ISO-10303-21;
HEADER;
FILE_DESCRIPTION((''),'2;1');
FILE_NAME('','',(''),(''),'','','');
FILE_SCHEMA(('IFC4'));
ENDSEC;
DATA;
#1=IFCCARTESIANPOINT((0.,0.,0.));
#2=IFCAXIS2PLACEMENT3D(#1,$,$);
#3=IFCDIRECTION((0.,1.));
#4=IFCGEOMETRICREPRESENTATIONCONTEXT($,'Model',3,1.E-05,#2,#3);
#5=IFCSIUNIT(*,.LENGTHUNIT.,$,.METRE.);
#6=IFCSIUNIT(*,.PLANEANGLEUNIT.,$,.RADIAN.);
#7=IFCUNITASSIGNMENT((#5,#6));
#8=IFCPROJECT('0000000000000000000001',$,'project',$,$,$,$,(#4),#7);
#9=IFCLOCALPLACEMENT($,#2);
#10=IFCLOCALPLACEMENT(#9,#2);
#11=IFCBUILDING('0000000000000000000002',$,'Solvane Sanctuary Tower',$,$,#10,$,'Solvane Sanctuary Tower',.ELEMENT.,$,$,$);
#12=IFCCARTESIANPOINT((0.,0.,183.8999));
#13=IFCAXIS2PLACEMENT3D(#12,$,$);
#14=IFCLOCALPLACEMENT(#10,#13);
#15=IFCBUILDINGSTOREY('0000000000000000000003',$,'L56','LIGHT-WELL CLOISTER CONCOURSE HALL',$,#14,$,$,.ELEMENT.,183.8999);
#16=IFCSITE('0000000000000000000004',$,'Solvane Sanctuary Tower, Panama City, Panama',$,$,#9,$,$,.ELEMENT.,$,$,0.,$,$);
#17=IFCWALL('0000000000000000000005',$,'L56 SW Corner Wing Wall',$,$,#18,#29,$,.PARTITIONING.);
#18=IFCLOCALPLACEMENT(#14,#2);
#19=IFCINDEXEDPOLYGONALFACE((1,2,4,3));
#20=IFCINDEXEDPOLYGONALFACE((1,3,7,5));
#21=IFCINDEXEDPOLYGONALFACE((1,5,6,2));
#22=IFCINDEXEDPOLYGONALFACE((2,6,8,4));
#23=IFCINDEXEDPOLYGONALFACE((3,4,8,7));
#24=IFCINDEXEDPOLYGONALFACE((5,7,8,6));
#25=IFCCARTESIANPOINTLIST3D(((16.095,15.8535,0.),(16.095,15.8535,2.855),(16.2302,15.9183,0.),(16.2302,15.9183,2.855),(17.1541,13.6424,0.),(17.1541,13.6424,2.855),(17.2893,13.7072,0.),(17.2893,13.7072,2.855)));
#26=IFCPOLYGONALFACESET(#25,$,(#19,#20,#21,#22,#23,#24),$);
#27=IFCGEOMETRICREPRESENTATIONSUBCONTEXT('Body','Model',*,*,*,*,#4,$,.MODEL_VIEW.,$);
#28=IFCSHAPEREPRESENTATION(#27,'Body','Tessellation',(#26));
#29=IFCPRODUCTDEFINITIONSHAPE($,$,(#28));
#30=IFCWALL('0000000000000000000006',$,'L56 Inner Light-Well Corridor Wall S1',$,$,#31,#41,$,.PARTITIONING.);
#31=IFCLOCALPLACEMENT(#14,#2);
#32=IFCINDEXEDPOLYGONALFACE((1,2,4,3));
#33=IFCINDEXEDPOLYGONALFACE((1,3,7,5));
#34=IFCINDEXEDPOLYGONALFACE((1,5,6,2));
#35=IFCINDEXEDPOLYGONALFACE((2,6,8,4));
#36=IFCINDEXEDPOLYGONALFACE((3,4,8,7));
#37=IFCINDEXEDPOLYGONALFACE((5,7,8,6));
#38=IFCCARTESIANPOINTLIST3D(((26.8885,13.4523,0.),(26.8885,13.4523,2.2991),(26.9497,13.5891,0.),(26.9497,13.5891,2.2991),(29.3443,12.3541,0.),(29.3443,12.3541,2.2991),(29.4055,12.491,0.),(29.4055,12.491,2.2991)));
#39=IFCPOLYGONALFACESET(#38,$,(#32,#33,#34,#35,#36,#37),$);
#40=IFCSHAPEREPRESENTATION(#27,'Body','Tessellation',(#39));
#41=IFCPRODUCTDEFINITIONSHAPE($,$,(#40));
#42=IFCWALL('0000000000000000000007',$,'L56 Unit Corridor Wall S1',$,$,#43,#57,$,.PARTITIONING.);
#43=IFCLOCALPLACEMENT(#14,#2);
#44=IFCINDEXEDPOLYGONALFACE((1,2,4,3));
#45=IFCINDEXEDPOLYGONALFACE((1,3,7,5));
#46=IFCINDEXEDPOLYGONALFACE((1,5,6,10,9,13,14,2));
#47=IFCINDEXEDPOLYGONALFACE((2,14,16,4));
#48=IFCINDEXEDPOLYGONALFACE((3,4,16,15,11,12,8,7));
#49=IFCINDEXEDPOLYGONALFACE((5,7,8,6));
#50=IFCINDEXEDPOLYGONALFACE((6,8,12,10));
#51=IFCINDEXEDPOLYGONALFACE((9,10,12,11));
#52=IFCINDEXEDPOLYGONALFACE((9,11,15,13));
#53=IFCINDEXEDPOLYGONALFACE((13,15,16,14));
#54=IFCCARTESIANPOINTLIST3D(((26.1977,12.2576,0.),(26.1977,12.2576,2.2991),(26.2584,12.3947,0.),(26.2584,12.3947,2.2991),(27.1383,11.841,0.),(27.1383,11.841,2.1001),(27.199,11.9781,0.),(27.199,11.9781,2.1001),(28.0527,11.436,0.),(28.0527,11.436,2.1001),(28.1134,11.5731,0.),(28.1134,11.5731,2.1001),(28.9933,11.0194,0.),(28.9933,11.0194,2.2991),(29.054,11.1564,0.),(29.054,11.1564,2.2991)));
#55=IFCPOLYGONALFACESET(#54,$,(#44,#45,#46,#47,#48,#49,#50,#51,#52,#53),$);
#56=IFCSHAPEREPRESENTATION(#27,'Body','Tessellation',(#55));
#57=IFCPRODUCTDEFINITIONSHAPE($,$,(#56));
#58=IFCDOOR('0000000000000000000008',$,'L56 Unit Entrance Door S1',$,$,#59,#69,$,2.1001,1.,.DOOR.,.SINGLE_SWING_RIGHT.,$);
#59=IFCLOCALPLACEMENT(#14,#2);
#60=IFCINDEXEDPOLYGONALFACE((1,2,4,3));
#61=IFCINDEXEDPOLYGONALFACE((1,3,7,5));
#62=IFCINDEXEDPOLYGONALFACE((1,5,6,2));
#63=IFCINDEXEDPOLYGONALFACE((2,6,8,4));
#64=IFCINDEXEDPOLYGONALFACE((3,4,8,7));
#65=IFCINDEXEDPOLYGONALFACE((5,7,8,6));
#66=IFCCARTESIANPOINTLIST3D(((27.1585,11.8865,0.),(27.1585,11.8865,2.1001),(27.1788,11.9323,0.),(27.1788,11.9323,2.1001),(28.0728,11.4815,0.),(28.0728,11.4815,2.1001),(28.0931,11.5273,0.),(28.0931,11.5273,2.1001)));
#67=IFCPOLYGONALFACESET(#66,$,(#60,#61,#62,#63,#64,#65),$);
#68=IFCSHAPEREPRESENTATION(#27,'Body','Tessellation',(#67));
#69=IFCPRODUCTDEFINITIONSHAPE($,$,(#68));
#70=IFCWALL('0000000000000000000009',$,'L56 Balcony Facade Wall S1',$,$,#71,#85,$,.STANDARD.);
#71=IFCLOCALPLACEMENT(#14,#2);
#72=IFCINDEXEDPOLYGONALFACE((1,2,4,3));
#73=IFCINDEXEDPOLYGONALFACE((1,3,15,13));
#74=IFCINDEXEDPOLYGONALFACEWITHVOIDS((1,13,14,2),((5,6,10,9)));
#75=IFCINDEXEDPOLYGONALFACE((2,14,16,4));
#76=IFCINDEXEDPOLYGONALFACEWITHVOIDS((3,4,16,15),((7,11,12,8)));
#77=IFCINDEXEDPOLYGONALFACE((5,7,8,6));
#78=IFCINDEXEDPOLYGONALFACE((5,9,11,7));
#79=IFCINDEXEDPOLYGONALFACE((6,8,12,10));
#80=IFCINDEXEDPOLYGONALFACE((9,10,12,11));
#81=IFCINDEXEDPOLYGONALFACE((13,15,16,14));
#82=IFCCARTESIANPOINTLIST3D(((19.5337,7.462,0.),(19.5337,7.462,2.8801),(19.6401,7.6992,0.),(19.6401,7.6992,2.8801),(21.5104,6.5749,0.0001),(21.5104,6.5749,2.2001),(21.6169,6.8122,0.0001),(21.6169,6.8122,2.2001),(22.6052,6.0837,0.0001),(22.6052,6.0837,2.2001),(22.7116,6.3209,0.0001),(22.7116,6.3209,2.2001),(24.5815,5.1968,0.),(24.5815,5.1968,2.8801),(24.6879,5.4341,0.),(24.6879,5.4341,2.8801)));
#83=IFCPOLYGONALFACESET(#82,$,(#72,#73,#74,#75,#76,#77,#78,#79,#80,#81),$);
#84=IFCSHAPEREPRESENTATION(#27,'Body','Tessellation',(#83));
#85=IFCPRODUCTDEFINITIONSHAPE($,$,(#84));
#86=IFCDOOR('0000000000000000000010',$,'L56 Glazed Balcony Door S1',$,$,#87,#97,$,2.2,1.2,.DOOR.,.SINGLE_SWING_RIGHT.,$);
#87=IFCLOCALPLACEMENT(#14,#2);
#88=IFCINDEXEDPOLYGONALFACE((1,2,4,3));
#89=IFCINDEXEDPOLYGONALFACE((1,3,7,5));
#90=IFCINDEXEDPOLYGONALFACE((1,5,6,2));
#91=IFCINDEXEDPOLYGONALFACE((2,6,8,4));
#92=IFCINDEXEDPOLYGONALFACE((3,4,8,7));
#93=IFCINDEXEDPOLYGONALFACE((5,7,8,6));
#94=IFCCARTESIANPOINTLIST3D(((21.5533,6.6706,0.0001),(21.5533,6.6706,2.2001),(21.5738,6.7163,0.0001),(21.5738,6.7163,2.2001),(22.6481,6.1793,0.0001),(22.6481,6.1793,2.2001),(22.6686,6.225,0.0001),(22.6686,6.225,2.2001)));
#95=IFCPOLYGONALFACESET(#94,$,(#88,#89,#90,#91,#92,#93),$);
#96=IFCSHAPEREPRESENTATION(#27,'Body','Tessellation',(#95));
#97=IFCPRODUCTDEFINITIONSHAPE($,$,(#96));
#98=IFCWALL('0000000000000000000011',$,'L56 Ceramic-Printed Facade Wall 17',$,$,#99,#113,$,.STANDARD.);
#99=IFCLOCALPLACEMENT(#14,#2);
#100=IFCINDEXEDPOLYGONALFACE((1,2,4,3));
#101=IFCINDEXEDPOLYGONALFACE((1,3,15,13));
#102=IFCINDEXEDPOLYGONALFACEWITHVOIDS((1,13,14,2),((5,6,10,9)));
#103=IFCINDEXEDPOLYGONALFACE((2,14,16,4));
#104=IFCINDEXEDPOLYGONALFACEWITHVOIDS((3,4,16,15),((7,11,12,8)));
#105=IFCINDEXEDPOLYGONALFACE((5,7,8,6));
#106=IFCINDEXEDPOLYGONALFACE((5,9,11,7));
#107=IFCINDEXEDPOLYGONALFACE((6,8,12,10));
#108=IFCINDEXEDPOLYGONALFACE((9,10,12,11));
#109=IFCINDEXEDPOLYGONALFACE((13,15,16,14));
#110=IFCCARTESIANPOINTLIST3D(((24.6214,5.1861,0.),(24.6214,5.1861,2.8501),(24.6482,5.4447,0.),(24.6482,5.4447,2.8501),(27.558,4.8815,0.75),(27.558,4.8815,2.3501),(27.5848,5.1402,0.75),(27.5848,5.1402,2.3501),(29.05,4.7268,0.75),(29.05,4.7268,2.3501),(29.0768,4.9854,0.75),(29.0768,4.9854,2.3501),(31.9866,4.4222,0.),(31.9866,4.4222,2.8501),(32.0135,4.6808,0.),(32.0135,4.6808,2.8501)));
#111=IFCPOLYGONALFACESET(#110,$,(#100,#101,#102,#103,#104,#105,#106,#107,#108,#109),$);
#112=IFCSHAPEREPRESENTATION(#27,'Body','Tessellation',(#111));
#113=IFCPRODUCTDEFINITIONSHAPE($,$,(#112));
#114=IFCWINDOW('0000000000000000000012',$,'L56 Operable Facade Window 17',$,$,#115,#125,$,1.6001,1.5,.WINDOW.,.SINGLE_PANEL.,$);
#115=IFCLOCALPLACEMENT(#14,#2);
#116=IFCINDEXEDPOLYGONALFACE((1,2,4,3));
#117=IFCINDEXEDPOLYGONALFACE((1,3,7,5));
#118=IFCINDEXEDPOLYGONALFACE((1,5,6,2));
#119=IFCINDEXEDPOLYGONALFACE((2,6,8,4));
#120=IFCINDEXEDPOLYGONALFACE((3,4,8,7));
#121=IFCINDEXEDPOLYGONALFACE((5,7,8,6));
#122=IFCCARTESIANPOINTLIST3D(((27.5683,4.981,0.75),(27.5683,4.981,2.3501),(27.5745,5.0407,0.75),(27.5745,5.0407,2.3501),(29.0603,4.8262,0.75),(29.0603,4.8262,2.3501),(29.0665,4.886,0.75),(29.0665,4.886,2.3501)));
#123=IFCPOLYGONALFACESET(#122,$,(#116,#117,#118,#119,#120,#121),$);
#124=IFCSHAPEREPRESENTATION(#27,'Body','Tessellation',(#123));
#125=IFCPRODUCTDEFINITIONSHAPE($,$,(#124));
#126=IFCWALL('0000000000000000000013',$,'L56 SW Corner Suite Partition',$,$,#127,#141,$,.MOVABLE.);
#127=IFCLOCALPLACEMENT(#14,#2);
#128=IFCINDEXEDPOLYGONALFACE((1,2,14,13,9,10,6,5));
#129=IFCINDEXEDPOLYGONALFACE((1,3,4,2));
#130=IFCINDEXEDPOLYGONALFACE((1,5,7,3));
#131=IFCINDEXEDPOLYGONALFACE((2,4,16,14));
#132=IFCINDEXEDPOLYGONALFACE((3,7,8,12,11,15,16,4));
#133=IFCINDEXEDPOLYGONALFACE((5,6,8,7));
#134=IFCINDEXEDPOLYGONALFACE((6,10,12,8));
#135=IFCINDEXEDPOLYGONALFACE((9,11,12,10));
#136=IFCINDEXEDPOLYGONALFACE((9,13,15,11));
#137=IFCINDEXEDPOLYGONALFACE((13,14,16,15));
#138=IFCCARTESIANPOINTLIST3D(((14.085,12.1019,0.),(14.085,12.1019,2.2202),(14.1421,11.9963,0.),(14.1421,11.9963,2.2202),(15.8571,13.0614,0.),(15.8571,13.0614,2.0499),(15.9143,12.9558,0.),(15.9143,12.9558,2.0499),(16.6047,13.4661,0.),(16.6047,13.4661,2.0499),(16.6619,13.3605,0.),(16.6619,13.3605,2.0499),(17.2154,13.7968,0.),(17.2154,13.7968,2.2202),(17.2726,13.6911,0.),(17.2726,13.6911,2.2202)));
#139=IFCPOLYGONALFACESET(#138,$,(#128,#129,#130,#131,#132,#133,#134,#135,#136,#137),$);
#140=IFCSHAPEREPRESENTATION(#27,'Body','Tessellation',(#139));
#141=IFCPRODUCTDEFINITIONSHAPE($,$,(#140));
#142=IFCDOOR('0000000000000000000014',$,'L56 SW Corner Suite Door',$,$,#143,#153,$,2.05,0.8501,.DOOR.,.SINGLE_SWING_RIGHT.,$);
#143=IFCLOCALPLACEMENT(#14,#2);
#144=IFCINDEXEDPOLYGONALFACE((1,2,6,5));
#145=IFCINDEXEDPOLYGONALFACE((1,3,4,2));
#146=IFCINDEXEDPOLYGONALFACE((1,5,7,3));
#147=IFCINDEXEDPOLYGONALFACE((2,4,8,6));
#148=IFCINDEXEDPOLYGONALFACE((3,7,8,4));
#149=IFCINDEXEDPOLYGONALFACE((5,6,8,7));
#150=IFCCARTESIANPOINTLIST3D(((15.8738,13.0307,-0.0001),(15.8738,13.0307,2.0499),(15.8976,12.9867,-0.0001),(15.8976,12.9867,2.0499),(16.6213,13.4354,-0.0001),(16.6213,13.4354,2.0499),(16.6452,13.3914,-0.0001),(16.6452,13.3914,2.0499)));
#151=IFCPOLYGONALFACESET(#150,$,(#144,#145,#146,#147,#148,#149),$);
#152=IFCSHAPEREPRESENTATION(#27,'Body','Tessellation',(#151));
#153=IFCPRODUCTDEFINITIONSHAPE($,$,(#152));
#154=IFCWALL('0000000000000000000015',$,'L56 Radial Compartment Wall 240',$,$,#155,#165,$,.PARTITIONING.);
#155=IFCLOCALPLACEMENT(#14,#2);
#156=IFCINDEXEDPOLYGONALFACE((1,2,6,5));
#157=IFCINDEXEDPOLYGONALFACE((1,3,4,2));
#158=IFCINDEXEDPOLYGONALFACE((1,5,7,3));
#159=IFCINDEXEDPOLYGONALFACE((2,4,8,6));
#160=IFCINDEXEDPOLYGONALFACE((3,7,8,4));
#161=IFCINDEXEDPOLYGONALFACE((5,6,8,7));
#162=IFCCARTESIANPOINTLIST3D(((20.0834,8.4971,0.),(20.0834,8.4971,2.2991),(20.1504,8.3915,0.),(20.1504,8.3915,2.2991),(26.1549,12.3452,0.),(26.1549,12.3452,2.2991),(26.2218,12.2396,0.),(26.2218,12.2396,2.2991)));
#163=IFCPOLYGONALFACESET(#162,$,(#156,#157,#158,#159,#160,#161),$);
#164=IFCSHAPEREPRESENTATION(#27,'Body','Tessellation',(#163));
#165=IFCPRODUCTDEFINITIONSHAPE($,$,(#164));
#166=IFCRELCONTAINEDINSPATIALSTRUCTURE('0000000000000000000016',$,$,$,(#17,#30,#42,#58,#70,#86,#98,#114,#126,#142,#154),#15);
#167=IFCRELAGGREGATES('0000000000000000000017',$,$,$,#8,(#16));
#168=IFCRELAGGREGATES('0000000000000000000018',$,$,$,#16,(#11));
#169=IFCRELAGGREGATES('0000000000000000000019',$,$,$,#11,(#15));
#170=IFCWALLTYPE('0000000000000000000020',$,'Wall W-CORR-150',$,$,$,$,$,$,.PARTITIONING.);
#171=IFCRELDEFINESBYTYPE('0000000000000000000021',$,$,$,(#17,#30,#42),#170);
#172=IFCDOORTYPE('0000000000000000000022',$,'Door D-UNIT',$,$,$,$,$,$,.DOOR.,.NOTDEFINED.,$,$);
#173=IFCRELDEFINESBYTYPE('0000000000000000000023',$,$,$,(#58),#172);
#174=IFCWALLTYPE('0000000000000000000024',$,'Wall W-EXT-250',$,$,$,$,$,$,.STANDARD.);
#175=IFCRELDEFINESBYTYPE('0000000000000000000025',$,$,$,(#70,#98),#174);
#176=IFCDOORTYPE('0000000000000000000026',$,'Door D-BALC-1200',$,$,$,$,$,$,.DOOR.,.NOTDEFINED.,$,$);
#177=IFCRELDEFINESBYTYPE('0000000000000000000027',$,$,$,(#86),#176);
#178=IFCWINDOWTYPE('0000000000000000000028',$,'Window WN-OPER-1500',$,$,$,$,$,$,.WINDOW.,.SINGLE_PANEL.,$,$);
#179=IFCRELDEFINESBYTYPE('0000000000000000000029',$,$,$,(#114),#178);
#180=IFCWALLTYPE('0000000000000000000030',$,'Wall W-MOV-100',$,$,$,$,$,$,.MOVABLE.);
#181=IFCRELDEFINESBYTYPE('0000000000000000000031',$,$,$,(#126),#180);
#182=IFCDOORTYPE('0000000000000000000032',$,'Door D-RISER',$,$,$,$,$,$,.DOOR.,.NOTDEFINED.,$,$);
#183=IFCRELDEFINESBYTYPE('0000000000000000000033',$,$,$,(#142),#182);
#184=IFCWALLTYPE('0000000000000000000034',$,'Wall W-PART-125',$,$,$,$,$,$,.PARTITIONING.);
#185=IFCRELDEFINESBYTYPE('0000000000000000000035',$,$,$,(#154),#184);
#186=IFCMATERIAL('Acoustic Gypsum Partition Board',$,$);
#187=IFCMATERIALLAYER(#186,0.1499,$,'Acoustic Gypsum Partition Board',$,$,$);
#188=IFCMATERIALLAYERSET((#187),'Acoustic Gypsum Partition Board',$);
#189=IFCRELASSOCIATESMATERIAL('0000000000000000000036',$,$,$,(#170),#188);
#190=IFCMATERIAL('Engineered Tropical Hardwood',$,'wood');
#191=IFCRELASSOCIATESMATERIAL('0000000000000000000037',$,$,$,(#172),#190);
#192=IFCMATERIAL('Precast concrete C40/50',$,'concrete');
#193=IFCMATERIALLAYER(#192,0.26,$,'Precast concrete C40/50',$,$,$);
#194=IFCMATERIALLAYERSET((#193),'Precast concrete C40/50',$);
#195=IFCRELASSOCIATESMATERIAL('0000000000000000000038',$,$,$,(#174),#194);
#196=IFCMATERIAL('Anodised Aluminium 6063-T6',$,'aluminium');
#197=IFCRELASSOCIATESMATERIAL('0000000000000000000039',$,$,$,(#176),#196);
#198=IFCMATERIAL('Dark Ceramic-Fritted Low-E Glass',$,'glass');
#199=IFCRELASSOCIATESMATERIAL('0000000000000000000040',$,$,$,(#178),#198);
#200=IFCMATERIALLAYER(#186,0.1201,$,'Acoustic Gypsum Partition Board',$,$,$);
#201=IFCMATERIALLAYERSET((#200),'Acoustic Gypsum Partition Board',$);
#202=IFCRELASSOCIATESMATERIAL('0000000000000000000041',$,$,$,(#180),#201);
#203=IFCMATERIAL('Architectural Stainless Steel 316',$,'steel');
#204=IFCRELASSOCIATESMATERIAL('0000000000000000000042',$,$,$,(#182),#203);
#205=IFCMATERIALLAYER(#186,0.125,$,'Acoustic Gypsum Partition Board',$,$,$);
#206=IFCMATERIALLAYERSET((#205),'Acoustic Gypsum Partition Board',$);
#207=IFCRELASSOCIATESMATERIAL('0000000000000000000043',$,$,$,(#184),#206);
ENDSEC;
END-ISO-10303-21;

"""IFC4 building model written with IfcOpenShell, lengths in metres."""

from ifc_helpers import new_model, si_unit, direction, frame, frame_2d, origin, place, context, subcontext, project, spatial, rectangle, extrude, material, layer, layer_set, type_object, element, fill, save


model = new_model("IFC4")

# Units and contexts
model_context = context("Model", 3, precision=1e-05, world=origin(), true_north=direction((0.0, 1.0)))
body_context = subcontext(model_context, "Body", "Model", "MODEL_VIEW")
ifc_project = project(units=[si_unit("LENGTHUNIT", "METRE"), si_unit("PLANEANGLEUNIT", "RADIAN")], contexts=[model_context])

# Site, building, storey
site_placement = place(None, origin())
site = spatial("IfcSite", under=ifc_project, at=site_placement, Name="Solvane Sanctuary Tower, Panama City, Panama", CompositionType="ELEMENT", RefElevation=0.0)
building_placement = place(site_placement, origin())
building = spatial("IfcBuilding", under=site, at=building_placement, Name="Solvane Sanctuary Tower", LongName="Solvane Sanctuary Tower", CompositionType="ELEMENT")
storey_placement = place(building_placement, frame((0.0, 0.0, 183.8999)))
storey = spatial("IfcBuildingStorey", under=building, at=storey_placement, Name="L56", Description="LIGHT-WELL CLOISTER CONCOURSE HALL", CompositionType="ELEMENT", Elevation=183.8999)

# Shared definitions
ifc_material_1 = material(Name="Acoustic Gypsum Partition Board")
ifc_layer_1 = layer(ifc_material_1, 0.1499, Name="Acoustic Gypsum Partition Board")
ifc_layer_set_1 = layer_set([ifc_layer_1], Name="Acoustic Gypsum Partition Board")
wall_type_1 = type_object("IfcWallType", Name="Wall W-CORR-150", PredefinedType="PARTITIONING", material=ifc_layer_set_1)

# Shared definitions
ifc_material_2 = material(Name="Engineered Tropical Hardwood", Category="wood")

# Walls
wall_1_placement = place(storey_placement, frame((17.2217, 13.6748, 0.0), z_axis=(0.0, 0.0, 1.0), x_axis=(-0.431973, 0.901886, 0.0)))
element("IfcWall", 1, at=wall_1_placement, inside=storey, type_object=wall_type_1, Name="L56 SW Corner Wing Wall", PredefinedType="PARTITIONING", context=body_context, shape_type="SweptSolid", body=[
    extrude(rectangle(XDim=2.4517, YDim=0.1499, at=frame_2d((1.2258, 0.0))), origin(), (0.0, 0.0, 1.0), 2.855),
])
wall_2_placement = place(storey_placement, frame((26.9189, 13.5208, 0.0), z_axis=(0.0, 0.0, 1.0), x_axis=(0.912889, -0.408209, 0.0)))
element("IfcWall", 2, at=wall_2_placement, inside=storey, type_object=wall_type_1, Name="L56 Inner Light-Well Corridor Wall S1", PredefinedType="PARTITIONING", context=body_context, shape_type="SweptSolid", body=[
    extrude(rectangle(XDim=2.6902, YDim=0.1499, at=frame_2d((1.3452, 0.0))), origin(), (0.0, 0.0, 1.0), 2.2991),
])

# Walls, openings, doors
wall_3_placement = place(storey_placement, frame((26.228, 12.3262, 0.0), z_axis=(0.0, 0.0, 1.0), x_axis=(0.914324, -0.404982, 0.0)))
wall_3 = element("IfcWall", 3, at=wall_3_placement, inside=storey, type_object=wall_type_1, Name="L56 Unit Corridor Wall S1", PredefinedType="PARTITIONING", context=body_context, shape_type="SweptSolid", body=[
    extrude(rectangle(XDim=3.0576, YDim=0.1499, at=frame_2d((1.5288, 0.0))), origin(), (0.0, 0.0, 1.0), 2.2991),
])
opening_1_placement = place(wall_3_placement, frame((1.0288, 0.0, 0.0)))
opening_1 = element("IfcOpeningElement", 4, at=opening_1_placement, cuts=wall_3, PredefinedType="OPENING", context=body_context, shape_type="SweptSolid", body=[
    extrude(rectangle(XDim=1.0, YDim=2.1001, at=frame_2d((0.5, 1.05))), frame((0.0, 0.085, 0.0), z_axis=(0.0, -1.0, 0.0), x_axis=(1.0, 0.0, 0.0)), (0.0, 0.0, 1.0), 0.1699),
])
door_type_1 = type_object("IfcDoorType", Name="Door D-UNIT", OperationType="NOTDEFINED", PredefinedType="DOOR", material=ifc_material_2)
door_1_placement = place(opening_1_placement, origin())
door_1 = element("IfcDoor", 5, at=door_1_placement, inside=storey, type_object=door_type_1, Name="L56 Unit Entrance Door S1", OperationType="SINGLE_SWING_RIGHT", OverallHeight=2.1001, OverallWidth=1.0, PredefinedType="DOOR", context=body_context, shape_type="SweptSolid", body=[
    extrude(rectangle(XDim=1.0, YDim=2.1001, at=frame_2d((0.5, 1.05))), frame((0.0, 0.0249, 0.0), z_axis=(0.0, -1.0, 0.0), x_axis=(1.0, 0.0, 0.0)), (0.0, 0.0, 1.0), 0.05),
])
fill(opening_1, door_1)
ifc_material_3 = material(Name="Precast concrete C40/50", Category="concrete")
ifc_layer_2 = layer(ifc_material_3, 0.26, Name="Precast concrete C40/50")
ifc_layer_set_2 = layer_set([ifc_layer_2], Name="Precast concrete C40/50")
wall_type_2 = type_object("IfcWallType", Name="Wall W-EXT-250", PredefinedType="STANDARD", material=ifc_layer_set_2)
wall_4_placement = place(storey_placement, frame((19.5869, 7.5806, 0.0), z_axis=(0.0, 0.0, 1.0), x_axis=(0.912354, -0.409403, 0.0)))
wall_4 = element("IfcWall", 6, at=wall_4_placement, inside=storey, type_object=wall_type_2, Name="L56 Balcony Facade Wall S1", PredefinedType="STANDARD", context=body_context, shape_type="SweptSolid", body=[
    extrude(rectangle(XDim=5.5327, YDim=0.26, at=frame_2d((2.7664, 0.0))), origin(), (0.0, 0.0, 1.0), 2.8801),
])
opening_2_placement = place(wall_4_placement, frame((2.1665, 0.0, 0.0)))
opening_2 = element("IfcOpeningElement", 7, at=opening_2_placement, cuts=wall_4, PredefinedType="OPENING", context=body_context, shape_type="SweptSolid", body=[
    extrude(rectangle(XDim=1.2, YDim=2.2, at=frame_2d((0.6001, 1.1001))), frame((0.0, 0.1399, 0.0), z_axis=(0.0, -1.0, 0.0), x_axis=(1.0, 0.0, 0.0)), (0.0, 0.0, 1.0), 0.28),
])
ifc_material_4 = material(Name="Anodised Aluminium 6063-T6", Category="aluminium")
door_type_2 = type_object("IfcDoorType", Name="Door D-BALC-1200", OperationType="NOTDEFINED", PredefinedType="DOOR", material=ifc_material_4)
door_2_placement = place(opening_2_placement, origin())
door_2 = element("IfcDoor", 8, at=door_2_placement, inside=storey, type_object=door_type_2, Name="L56 Glazed Balcony Door S1", OperationType="SINGLE_SWING_RIGHT", OverallHeight=2.2, OverallWidth=1.2, PredefinedType="DOOR", context=body_context, shape_type="SweptSolid", body=[
    extrude(rectangle(XDim=1.2, YDim=2.2, at=frame_2d((0.6001, 1.1001))), frame((0.0, 0.0249, 0.0), z_axis=(0.0, -1.0, 0.0), x_axis=(1.0, 0.0, 0.0)), (0.0, 0.0, 1.0), 0.05),
])
fill(opening_2, door_2)

# Wall, opening, window
wall_5_placement = place(storey_placement, frame((24.6348, 5.3154, 0.0), z_axis=(0.0, 0.0, 1.0), x_axis=(0.994664, -0.103166, 0.0)))
wall_5 = element("IfcWall", 9, at=wall_5_placement, inside=storey, type_object=wall_type_2, Name="L56 Ceramic-Printed Facade Wall 17", PredefinedType="STANDARD", context=body_context, shape_type="SweptSolid", body=[
    extrude(rectangle(XDim=7.4048, YDim=0.26, at=frame_2d((3.7024, 0.0))), origin(), (0.0, 0.0, 1.0), 2.8501),
])
opening_3_placement = place(wall_5_placement, frame((2.9524, 0.0, 0.75)))
opening_3 = element("IfcOpeningElement", 10, at=opening_3_placement, cuts=wall_5, PredefinedType="OPENING", context=body_context, shape_type="SweptSolid", body=[
    extrude(rectangle(XDim=1.5, YDim=1.6001, at=frame_2d((0.75, 0.8))), frame((0.0, 0.1399, 0.0), z_axis=(0.0, -1.0, 0.0), x_axis=(1.0, 0.0, 0.0)), (0.0, 0.0, 1.0), 0.28),
])
ifc_material_5 = material(Name="Dark Ceramic-Fritted Low-E Glass", Category="glass")
window_type = type_object("IfcWindowType", Name="Window WN-OPER-1500", PartitioningType="SINGLE_PANEL", PredefinedType="WINDOW", material=ifc_material_5)
window_placement = place(opening_3_placement, origin())
window = element("IfcWindow", 11, at=window_placement, inside=storey, type_object=window_type, Name="L56 Operable Facade Window 17", OverallHeight=1.6001, OverallWidth=1.5, PartitioningType="SINGLE_PANEL", PredefinedType="WINDOW", context=body_context, shape_type="SweptSolid", body=[
    extrude(rectangle(XDim=1.5, YDim=1.6001, at=frame_2d((0.75, 0.8))), frame((0.0, 0.03, 0.0), z_axis=(0.0, -1.0, 0.0), x_axis=(1.0, 0.0, 0.0)), (0.0, 0.0, 1.0), 0.0601),
])
fill(opening_3, window)

# Wall, opening, door
ifc_layer_3 = layer(ifc_material_1, 0.1201, Name="Acoustic Gypsum Partition Board")
ifc_layer_set_3 = layer_set([ifc_layer_3], Name="Acoustic Gypsum Partition Board")
wall_type_3 = type_object("IfcWallType", Name="Wall W-MOV-100", PredefinedType="MOVABLE", material=ifc_layer_set_3)
wall_6_placement = place(storey_placement, frame((17.2439, 13.7439, 0.0), z_axis=(0.0, 0.0, 1.0), x_axis=(-0.879385, -0.476111, 0.0)))
wall_6 = element("IfcWall", 12, at=wall_6_placement, inside=storey, type_object=wall_type_3, Name="L56 SW Corner Suite Partition", PredefinedType="MOVABLE", context=body_context, shape_type="SweptSolid", body=[
    extrude(rectangle(XDim=3.5598, YDim=0.1201, at=frame_2d((1.7798, 0.0))), origin(), (0.0, 0.0, 1.0), 2.2202),
])
opening_4_placement = place(wall_6_placement, frame((0.6943, 0.0, 0.0)))
opening_4 = element("IfcOpeningElement", 13, at=opening_4_placement, cuts=wall_6, PredefinedType="OPENING", context=body_context, shape_type="SweptSolid", body=[
    extrude(rectangle(XDim=0.8501, YDim=2.05, at=frame_2d((0.425, 1.0249))), frame((0.0, 0.0701, 0.0), z_axis=(0.0, -1.0, 0.0), x_axis=(1.0, 0.0, 0.0)), (0.0, 0.0, 1.0), 0.1401),
])
ifc_material_6 = material(Name="Architectural Stainless Steel 316", Category="steel")
door_type_3 = type_object("IfcDoorType", Name="Door D-RISER", OperationType="NOTDEFINED", PredefinedType="DOOR", material=ifc_material_6)
door_3_placement = place(opening_4_placement, origin())
door_3 = element("IfcDoor", 14, at=door_3_placement, inside=storey, type_object=door_type_3, Name="L56 SW Corner Suite Door", OperationType="SINGLE_SWING_RIGHT", OverallHeight=2.05, OverallWidth=0.8501, PredefinedType="DOOR", context=body_context, shape_type="SweptSolid", body=[
    extrude(rectangle(XDim=0.8501, YDim=2.05, at=frame_2d((0.425, 1.0249))), frame((0.0, 0.0249, 0.0), z_axis=(0.0, -1.0, 0.0), x_axis=(1.0, 0.0, 0.0)), (0.0, 0.0, 1.0), 0.05),
])
fill(opening_4, door_3)

# Wall
ifc_layer_4 = layer(ifc_material_1, 0.125, Name="Acoustic Gypsum Partition Board")
ifc_layer_set_4 = layer_set([ifc_layer_4], Name="Acoustic Gypsum Partition Board")
wall_type_4 = type_object("IfcWallType", Name="Wall W-PART-125", PredefinedType="PARTITIONING", material=ifc_layer_set_4)
wall_7_placement = place(storey_placement, frame((26.1885, 12.2925, 0.0), z_axis=(0.0, 0.0, 1.0), x_axis=(-0.84464, -0.535334, 0.0)))
element("IfcWall", 15, at=wall_7_placement, inside=storey, type_object=wall_type_4, Name="L56 Radial Compartment Wall 240", PredefinedType="PARTITIONING", context=body_context, shape_type="SweptSolid", body=[
    extrude(rectangle(XDim=7.1882, YDim=0.125, at=frame_2d((3.5942, 0.0))), origin(), (0.0, 0.0, 1.0), 2.2991),
])

save(model, "model.ifc")
